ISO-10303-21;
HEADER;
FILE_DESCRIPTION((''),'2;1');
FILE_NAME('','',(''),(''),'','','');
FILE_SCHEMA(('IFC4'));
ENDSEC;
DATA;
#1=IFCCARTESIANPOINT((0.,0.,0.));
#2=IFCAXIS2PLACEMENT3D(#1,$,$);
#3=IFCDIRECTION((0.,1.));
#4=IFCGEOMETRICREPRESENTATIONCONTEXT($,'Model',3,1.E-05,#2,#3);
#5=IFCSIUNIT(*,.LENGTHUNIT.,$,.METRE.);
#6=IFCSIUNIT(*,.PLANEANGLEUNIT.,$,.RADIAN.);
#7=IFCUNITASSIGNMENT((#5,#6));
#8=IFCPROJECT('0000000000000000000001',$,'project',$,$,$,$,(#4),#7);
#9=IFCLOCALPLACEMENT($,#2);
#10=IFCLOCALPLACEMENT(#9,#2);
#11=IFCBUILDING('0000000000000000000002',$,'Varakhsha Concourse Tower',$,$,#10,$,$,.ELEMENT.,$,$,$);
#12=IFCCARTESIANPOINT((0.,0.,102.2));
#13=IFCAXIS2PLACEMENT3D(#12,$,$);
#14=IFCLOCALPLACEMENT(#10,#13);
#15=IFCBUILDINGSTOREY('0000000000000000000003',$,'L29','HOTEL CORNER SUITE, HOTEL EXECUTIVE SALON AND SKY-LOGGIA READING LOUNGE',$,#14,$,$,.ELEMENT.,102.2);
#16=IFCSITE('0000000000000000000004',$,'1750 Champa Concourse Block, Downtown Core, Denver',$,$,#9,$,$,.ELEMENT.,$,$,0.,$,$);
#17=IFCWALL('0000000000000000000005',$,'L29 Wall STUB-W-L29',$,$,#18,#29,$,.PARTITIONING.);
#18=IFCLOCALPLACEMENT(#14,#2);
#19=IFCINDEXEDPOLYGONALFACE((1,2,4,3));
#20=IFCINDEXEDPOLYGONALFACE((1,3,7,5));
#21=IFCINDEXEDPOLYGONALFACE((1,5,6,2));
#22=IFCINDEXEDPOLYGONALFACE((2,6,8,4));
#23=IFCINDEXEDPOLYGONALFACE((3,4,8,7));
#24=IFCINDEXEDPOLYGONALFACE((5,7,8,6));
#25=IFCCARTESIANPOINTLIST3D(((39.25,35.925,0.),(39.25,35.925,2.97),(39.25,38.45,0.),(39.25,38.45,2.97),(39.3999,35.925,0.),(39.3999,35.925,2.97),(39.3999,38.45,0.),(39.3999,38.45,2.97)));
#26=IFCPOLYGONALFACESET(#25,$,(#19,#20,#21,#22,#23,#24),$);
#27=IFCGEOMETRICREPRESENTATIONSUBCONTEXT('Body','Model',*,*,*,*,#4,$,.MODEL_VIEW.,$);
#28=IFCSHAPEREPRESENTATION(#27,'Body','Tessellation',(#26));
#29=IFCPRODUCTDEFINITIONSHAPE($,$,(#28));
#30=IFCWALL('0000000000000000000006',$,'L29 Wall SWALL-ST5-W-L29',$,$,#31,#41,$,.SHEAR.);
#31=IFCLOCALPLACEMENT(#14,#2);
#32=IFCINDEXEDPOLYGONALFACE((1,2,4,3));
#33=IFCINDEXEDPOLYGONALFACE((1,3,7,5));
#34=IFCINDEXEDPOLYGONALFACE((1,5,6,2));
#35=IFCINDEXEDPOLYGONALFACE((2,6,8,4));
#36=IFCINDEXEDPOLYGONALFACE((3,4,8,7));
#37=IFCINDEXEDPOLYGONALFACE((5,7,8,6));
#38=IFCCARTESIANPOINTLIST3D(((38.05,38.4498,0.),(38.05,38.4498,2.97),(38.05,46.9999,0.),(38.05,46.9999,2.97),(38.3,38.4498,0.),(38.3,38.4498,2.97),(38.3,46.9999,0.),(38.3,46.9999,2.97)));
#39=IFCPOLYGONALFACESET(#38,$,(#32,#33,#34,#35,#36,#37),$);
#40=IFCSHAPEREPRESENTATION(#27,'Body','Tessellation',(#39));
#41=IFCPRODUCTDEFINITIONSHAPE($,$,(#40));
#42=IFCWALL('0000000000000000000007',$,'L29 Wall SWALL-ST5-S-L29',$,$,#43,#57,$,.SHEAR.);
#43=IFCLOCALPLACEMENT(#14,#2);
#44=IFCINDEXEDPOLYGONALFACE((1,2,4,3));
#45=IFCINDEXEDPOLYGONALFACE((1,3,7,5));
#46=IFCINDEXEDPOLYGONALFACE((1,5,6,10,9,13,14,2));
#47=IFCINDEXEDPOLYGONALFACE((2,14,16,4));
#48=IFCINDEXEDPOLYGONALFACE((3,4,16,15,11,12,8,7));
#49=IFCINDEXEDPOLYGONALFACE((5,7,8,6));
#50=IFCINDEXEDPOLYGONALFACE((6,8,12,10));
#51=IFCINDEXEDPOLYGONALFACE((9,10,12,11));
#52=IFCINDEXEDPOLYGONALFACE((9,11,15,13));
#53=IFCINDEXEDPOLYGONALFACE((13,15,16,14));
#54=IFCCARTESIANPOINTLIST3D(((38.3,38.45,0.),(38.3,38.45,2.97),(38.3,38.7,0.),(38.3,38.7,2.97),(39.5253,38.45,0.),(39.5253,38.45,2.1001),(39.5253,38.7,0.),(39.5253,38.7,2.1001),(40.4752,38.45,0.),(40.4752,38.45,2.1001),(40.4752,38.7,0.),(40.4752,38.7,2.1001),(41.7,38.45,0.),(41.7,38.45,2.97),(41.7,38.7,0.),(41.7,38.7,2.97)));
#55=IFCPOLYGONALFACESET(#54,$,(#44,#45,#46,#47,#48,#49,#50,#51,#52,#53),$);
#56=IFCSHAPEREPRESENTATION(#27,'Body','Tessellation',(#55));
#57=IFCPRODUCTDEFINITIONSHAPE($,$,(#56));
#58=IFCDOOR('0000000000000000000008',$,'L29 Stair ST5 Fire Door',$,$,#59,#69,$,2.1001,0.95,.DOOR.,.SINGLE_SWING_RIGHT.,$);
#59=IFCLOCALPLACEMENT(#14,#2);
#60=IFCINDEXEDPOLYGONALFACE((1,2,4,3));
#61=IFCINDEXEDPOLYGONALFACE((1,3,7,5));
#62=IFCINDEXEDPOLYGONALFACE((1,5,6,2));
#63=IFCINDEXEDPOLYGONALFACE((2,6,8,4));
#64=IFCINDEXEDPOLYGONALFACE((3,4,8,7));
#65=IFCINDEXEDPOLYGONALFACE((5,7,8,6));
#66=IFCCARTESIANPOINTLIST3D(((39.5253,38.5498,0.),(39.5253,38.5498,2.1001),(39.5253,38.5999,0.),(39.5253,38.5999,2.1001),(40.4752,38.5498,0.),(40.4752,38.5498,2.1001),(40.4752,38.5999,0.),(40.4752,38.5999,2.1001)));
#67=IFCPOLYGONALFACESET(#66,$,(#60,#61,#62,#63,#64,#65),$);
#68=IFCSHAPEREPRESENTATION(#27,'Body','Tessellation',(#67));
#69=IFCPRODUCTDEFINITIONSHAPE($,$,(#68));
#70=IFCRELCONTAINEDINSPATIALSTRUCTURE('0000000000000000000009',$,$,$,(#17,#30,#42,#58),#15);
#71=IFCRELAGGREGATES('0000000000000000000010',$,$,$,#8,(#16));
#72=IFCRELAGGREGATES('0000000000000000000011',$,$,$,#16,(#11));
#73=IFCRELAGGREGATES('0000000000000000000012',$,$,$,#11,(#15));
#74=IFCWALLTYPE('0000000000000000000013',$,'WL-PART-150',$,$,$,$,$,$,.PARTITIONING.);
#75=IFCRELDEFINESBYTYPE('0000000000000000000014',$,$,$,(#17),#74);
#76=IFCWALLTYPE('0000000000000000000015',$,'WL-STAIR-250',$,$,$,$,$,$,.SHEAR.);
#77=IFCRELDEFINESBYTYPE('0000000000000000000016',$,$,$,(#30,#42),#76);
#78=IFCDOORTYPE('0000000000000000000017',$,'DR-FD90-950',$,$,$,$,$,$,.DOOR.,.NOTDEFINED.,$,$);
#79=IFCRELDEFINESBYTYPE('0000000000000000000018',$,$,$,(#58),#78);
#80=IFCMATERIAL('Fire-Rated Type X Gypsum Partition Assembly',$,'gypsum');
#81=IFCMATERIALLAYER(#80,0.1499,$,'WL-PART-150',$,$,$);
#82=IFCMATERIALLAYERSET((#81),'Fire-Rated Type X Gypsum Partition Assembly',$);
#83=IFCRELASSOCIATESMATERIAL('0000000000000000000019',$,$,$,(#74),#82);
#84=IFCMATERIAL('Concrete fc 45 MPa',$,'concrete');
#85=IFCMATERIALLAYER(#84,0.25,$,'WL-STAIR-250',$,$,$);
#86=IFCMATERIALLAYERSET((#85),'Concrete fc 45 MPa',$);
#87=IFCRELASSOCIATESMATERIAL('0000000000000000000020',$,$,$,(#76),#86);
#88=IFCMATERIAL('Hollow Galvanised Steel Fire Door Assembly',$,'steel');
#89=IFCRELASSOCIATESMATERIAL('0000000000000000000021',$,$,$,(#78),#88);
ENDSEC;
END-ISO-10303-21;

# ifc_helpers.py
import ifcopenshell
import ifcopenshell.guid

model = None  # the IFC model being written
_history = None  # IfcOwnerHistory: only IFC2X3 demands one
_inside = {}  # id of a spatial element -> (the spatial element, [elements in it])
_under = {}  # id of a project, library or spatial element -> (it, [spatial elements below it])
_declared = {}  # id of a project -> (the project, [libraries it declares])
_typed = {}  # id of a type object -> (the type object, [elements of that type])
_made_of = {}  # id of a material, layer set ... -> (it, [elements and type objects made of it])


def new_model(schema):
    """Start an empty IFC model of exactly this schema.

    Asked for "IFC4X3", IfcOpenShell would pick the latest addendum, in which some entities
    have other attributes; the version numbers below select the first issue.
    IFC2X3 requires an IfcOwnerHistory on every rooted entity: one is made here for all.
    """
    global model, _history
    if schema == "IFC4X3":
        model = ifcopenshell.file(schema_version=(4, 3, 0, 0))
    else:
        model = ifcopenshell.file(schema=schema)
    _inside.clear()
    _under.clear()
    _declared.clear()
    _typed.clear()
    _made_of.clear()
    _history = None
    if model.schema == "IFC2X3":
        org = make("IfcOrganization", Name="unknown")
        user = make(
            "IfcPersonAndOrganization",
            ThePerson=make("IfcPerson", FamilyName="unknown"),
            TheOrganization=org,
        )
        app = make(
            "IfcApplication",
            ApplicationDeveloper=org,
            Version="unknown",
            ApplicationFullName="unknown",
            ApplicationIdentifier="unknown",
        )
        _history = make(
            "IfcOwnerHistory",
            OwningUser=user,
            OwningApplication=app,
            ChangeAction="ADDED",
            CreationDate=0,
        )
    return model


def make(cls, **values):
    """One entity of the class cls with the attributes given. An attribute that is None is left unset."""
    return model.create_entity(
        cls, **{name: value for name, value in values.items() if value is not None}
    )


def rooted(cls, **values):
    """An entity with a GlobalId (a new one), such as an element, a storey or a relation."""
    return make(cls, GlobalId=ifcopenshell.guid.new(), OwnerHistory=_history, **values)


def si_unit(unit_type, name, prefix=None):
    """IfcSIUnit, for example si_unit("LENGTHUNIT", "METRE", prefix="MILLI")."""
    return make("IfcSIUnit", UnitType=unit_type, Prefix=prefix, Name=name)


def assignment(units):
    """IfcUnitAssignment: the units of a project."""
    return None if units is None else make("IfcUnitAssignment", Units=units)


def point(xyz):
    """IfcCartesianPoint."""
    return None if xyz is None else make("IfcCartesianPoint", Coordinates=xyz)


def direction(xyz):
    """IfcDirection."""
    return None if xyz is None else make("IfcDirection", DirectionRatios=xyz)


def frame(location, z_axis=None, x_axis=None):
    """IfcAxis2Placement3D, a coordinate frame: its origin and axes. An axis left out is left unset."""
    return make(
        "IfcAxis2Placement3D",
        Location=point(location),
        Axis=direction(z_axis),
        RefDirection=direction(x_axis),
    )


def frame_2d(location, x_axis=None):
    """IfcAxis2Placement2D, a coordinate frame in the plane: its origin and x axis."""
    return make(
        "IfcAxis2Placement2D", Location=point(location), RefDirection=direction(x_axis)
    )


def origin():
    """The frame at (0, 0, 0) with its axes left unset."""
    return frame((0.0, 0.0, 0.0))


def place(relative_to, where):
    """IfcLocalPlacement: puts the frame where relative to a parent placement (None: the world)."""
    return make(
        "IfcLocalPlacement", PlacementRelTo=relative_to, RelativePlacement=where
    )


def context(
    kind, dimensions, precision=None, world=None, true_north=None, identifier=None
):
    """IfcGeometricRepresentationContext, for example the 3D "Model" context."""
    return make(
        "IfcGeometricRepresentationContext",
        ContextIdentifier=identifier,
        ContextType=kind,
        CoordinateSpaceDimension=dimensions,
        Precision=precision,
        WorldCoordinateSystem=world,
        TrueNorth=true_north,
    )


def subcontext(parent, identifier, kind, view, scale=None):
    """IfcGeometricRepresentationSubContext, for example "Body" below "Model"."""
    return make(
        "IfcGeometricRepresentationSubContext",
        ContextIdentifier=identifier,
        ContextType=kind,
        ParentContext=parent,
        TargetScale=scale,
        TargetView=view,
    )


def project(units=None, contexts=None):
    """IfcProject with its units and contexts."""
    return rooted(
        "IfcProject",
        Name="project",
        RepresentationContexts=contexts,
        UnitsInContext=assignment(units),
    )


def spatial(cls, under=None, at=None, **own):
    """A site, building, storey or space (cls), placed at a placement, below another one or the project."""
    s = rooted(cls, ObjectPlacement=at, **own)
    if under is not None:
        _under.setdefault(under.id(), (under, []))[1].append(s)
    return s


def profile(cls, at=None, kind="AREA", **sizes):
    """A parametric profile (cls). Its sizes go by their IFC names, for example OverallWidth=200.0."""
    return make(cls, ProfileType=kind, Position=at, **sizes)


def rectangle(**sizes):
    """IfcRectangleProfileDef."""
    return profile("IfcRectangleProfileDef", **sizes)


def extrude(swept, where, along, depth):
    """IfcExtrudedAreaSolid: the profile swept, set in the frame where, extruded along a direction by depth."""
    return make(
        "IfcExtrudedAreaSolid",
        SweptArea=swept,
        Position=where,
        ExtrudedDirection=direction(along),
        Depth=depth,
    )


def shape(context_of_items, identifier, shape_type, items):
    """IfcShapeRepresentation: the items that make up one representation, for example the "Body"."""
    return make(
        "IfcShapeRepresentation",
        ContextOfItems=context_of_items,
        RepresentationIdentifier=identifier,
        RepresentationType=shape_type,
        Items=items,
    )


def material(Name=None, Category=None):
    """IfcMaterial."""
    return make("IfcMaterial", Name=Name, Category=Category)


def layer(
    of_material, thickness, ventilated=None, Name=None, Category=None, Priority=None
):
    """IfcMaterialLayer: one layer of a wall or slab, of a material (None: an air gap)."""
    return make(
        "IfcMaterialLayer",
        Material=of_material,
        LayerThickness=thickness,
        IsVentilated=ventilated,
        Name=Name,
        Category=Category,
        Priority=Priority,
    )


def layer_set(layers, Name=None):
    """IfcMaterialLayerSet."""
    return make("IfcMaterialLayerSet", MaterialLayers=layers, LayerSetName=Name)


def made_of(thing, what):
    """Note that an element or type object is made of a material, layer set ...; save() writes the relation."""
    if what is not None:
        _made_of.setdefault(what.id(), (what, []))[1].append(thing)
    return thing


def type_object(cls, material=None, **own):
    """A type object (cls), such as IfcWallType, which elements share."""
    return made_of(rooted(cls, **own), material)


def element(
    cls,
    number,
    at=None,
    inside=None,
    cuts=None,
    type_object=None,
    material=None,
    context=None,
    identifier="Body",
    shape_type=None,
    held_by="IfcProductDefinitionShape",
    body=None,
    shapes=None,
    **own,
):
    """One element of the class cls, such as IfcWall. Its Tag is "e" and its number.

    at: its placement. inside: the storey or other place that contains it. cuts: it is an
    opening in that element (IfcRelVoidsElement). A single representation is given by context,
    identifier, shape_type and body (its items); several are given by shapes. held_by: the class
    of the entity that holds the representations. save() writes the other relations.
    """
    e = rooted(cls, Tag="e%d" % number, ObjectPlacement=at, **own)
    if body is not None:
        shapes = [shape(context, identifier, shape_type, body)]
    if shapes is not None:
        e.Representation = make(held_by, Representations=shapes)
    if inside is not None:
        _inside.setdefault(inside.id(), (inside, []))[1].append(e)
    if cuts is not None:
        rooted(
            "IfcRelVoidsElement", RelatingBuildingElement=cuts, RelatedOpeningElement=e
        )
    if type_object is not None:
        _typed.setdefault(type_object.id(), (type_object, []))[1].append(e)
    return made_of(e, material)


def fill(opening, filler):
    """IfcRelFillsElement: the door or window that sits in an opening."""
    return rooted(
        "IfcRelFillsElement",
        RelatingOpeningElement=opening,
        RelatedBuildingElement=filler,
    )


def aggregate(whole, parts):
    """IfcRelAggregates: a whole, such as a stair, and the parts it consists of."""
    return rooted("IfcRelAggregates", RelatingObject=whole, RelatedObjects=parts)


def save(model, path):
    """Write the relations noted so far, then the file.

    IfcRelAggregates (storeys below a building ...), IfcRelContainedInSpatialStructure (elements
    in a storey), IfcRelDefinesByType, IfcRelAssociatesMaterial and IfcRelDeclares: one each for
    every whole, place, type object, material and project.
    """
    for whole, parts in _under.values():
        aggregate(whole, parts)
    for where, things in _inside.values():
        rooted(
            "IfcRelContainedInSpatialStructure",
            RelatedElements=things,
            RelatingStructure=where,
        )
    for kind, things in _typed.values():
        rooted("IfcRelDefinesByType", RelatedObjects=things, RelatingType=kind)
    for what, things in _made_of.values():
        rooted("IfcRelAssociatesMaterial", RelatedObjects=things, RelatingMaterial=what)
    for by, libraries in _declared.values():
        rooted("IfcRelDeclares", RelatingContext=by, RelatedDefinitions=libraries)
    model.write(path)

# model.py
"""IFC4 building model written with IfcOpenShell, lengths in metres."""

from ifc_helpers import new_model, si_unit, direction, frame, frame_2d, origin, place, context, subcontext, project, spatial, rectangle, extrude, material, layer, layer_set, type_object, element, fill, save


model = new_model("IFC4")

# Units and contexts
model_context = context("Model", 3, precision=1e-05, world=origin(), true_north=direction((0.0, 1.0)))
body_context = subcontext(model_context, "Body", "Model", "MODEL_VIEW")
ifc_project = project(units=[si_unit("LENGTHUNIT", "METRE"), si_unit("PLANEANGLEUNIT", "RADIAN")], contexts=[model_context])

# Site, building, storey
site_placement = place(None, origin())
site = spatial("IfcSite", under=ifc_project, at=site_placement, Name="1750 Champa Concourse Block, Downtown Core, Denver", CompositionType="ELEMENT", RefElevation=0.0)
building_placement = place(site_placement, origin())
building = spatial("IfcBuilding", under=site, at=building_placement, Name="Varakhsha Concourse Tower", CompositionType="ELEMENT")
storey_placement = place(building_placement, frame((0.0, 0.0, 102.2)))
storey = spatial("IfcBuildingStorey", under=building, at=storey_placement, Name="L29", Description="HOTEL CORNER SUITE, HOTEL EXECUTIVE SALON AND SKY-LOGGIA READING LOUNGE", CompositionType="ELEMENT", Elevation=102.2)

# Shared definitions
ifc_material_1 = material(Name="Fire-Rated Type X Gypsum Partition Assembly", Category="gypsum")
ifc_layer_1 = layer(ifc_material_1, 0.1499, Name="WL-PART-150")
ifc_layer_set_1 = layer_set([ifc_layer_1], Name="Fire-Rated Type X Gypsum Partition Assembly")
wall_type_1 = type_object("IfcWallType", Name="WL-PART-150", PredefinedType="PARTITIONING", material=ifc_layer_set_1)
ifc_material_2 = material(Name="Hollow Galvanised Steel Fire Door Assembly", Category="steel")

# Walls
wall_1_placement = place(storey_placement, frame((39.325, 35.925, 0.0), z_axis=(0.0, 0.0, 1.0), x_axis=(0.0, 1.0, 0.0)))
element("IfcWall", 1, at=wall_1_placement, inside=storey, type_object=wall_type_1, Name="L29 Wall STUB-W-L29", PredefinedType="PARTITIONING", context=body_context, shape_type="SweptSolid", body=[
    extrude(rectangle(XDim=2.5249, YDim=0.1499, at=frame_2d((1.2625, 0.0))), origin(), (0.0, 0.0, 1.0), 2.97),
])
ifc_material_3 = material(Name="Concrete fc 45 MPa", Category="concrete")
ifc_layer_2 = layer(ifc_material_3, 0.25, Name="WL-STAIR-250")
ifc_layer_set_2 = layer_set([ifc_layer_2], Name="Concrete fc 45 MPa")
wall_type_2 = type_object("IfcWallType", Name="WL-STAIR-250", PredefinedType="SHEAR", material=ifc_layer_set_2)
wall_2_placement = place(storey_placement, frame((38.175, 38.45, 0.0), z_axis=(0.0, 0.0, 1.0), x_axis=(0.0, 1.0, 0.0)))
element("IfcWall", 2, at=wall_2_placement, inside=storey, type_object=wall_type_2, Name="L29 Wall SWALL-ST5-W-L29", PredefinedType="SHEAR", context=body_context, shape_type="SweptSolid", body=[
    extrude(rectangle(XDim=8.55, YDim=0.25, at=frame_2d((4.2749, 0.0))), origin(), (0.0, 0.0, 1.0), 2.97),
])

# Wall, opening, door
wall_3_placement = place(storey_placement, frame((38.3, 38.575, 0.0), z_axis=(0.0, 0.0, 1.0), x_axis=(1.0, 0.0, 0.0)))
wall_3 = element("IfcWall", 3, at=wall_3_placement, inside=storey, type_object=wall_type_2, Name="L29 Wall SWALL-ST5-S-L29", PredefinedType="SHEAR", context=body_context, shape_type="SweptSolid", body=[
    extrude(rectangle(XDim=3.3999, YDim=0.25, at=frame_2d((1.7, 0.0))), origin(), (0.0, 0.0, 1.0), 2.97),
])
opening_1_placement = place(wall_3_placement, frame((1.2251, 0.0, 0.0)))
opening_1 = element("IfcOpeningElement", 4, at=opening_1_placement, cuts=wall_3, PredefinedType="OPENING", context=body_context, shape_type="SweptSolid", body=[
    extrude(rectangle(XDim=0.95, YDim=2.1001, at=frame_2d((0.4751, 1.05))), frame((0.0, 0.135, 0.0), z_axis=(0.0, -1.0, 0.0), x_axis=(1.0, 0.0, 0.0)), (0.0, 0.0, 1.0), 0.27),
])
door_type_1 = type_object("IfcDoorType", Name="DR-FD90-950", OperationType="NOTDEFINED", PredefinedType="DOOR", material=ifc_material_2)
door_1_placement = place(opening_1_placement, origin())
door_1 = element("IfcDoor", 5, at=door_1_placement, inside=storey, type_object=door_type_1, Name="L29 Stair ST5 Fire Door", OperationType="SINGLE_SWING_RIGHT", OverallHeight=2.1001, OverallWidth=0.95, PredefinedType="DOOR", context=body_context, shape_type="SweptSolid", body=[
    extrude(rectangle(XDim=0.95, YDim=2.1001, at=frame_2d((0.4751, 1.05))), frame((0.0, 0.0249, 0.0), z_axis=(0.0, -1.0, 0.0), x_axis=(1.0, 0.0, 0.0)), (0.0, 0.0, 1.0), 0.05),
])
fill(opening_1, door_1)

save(model, "model.ifc")
